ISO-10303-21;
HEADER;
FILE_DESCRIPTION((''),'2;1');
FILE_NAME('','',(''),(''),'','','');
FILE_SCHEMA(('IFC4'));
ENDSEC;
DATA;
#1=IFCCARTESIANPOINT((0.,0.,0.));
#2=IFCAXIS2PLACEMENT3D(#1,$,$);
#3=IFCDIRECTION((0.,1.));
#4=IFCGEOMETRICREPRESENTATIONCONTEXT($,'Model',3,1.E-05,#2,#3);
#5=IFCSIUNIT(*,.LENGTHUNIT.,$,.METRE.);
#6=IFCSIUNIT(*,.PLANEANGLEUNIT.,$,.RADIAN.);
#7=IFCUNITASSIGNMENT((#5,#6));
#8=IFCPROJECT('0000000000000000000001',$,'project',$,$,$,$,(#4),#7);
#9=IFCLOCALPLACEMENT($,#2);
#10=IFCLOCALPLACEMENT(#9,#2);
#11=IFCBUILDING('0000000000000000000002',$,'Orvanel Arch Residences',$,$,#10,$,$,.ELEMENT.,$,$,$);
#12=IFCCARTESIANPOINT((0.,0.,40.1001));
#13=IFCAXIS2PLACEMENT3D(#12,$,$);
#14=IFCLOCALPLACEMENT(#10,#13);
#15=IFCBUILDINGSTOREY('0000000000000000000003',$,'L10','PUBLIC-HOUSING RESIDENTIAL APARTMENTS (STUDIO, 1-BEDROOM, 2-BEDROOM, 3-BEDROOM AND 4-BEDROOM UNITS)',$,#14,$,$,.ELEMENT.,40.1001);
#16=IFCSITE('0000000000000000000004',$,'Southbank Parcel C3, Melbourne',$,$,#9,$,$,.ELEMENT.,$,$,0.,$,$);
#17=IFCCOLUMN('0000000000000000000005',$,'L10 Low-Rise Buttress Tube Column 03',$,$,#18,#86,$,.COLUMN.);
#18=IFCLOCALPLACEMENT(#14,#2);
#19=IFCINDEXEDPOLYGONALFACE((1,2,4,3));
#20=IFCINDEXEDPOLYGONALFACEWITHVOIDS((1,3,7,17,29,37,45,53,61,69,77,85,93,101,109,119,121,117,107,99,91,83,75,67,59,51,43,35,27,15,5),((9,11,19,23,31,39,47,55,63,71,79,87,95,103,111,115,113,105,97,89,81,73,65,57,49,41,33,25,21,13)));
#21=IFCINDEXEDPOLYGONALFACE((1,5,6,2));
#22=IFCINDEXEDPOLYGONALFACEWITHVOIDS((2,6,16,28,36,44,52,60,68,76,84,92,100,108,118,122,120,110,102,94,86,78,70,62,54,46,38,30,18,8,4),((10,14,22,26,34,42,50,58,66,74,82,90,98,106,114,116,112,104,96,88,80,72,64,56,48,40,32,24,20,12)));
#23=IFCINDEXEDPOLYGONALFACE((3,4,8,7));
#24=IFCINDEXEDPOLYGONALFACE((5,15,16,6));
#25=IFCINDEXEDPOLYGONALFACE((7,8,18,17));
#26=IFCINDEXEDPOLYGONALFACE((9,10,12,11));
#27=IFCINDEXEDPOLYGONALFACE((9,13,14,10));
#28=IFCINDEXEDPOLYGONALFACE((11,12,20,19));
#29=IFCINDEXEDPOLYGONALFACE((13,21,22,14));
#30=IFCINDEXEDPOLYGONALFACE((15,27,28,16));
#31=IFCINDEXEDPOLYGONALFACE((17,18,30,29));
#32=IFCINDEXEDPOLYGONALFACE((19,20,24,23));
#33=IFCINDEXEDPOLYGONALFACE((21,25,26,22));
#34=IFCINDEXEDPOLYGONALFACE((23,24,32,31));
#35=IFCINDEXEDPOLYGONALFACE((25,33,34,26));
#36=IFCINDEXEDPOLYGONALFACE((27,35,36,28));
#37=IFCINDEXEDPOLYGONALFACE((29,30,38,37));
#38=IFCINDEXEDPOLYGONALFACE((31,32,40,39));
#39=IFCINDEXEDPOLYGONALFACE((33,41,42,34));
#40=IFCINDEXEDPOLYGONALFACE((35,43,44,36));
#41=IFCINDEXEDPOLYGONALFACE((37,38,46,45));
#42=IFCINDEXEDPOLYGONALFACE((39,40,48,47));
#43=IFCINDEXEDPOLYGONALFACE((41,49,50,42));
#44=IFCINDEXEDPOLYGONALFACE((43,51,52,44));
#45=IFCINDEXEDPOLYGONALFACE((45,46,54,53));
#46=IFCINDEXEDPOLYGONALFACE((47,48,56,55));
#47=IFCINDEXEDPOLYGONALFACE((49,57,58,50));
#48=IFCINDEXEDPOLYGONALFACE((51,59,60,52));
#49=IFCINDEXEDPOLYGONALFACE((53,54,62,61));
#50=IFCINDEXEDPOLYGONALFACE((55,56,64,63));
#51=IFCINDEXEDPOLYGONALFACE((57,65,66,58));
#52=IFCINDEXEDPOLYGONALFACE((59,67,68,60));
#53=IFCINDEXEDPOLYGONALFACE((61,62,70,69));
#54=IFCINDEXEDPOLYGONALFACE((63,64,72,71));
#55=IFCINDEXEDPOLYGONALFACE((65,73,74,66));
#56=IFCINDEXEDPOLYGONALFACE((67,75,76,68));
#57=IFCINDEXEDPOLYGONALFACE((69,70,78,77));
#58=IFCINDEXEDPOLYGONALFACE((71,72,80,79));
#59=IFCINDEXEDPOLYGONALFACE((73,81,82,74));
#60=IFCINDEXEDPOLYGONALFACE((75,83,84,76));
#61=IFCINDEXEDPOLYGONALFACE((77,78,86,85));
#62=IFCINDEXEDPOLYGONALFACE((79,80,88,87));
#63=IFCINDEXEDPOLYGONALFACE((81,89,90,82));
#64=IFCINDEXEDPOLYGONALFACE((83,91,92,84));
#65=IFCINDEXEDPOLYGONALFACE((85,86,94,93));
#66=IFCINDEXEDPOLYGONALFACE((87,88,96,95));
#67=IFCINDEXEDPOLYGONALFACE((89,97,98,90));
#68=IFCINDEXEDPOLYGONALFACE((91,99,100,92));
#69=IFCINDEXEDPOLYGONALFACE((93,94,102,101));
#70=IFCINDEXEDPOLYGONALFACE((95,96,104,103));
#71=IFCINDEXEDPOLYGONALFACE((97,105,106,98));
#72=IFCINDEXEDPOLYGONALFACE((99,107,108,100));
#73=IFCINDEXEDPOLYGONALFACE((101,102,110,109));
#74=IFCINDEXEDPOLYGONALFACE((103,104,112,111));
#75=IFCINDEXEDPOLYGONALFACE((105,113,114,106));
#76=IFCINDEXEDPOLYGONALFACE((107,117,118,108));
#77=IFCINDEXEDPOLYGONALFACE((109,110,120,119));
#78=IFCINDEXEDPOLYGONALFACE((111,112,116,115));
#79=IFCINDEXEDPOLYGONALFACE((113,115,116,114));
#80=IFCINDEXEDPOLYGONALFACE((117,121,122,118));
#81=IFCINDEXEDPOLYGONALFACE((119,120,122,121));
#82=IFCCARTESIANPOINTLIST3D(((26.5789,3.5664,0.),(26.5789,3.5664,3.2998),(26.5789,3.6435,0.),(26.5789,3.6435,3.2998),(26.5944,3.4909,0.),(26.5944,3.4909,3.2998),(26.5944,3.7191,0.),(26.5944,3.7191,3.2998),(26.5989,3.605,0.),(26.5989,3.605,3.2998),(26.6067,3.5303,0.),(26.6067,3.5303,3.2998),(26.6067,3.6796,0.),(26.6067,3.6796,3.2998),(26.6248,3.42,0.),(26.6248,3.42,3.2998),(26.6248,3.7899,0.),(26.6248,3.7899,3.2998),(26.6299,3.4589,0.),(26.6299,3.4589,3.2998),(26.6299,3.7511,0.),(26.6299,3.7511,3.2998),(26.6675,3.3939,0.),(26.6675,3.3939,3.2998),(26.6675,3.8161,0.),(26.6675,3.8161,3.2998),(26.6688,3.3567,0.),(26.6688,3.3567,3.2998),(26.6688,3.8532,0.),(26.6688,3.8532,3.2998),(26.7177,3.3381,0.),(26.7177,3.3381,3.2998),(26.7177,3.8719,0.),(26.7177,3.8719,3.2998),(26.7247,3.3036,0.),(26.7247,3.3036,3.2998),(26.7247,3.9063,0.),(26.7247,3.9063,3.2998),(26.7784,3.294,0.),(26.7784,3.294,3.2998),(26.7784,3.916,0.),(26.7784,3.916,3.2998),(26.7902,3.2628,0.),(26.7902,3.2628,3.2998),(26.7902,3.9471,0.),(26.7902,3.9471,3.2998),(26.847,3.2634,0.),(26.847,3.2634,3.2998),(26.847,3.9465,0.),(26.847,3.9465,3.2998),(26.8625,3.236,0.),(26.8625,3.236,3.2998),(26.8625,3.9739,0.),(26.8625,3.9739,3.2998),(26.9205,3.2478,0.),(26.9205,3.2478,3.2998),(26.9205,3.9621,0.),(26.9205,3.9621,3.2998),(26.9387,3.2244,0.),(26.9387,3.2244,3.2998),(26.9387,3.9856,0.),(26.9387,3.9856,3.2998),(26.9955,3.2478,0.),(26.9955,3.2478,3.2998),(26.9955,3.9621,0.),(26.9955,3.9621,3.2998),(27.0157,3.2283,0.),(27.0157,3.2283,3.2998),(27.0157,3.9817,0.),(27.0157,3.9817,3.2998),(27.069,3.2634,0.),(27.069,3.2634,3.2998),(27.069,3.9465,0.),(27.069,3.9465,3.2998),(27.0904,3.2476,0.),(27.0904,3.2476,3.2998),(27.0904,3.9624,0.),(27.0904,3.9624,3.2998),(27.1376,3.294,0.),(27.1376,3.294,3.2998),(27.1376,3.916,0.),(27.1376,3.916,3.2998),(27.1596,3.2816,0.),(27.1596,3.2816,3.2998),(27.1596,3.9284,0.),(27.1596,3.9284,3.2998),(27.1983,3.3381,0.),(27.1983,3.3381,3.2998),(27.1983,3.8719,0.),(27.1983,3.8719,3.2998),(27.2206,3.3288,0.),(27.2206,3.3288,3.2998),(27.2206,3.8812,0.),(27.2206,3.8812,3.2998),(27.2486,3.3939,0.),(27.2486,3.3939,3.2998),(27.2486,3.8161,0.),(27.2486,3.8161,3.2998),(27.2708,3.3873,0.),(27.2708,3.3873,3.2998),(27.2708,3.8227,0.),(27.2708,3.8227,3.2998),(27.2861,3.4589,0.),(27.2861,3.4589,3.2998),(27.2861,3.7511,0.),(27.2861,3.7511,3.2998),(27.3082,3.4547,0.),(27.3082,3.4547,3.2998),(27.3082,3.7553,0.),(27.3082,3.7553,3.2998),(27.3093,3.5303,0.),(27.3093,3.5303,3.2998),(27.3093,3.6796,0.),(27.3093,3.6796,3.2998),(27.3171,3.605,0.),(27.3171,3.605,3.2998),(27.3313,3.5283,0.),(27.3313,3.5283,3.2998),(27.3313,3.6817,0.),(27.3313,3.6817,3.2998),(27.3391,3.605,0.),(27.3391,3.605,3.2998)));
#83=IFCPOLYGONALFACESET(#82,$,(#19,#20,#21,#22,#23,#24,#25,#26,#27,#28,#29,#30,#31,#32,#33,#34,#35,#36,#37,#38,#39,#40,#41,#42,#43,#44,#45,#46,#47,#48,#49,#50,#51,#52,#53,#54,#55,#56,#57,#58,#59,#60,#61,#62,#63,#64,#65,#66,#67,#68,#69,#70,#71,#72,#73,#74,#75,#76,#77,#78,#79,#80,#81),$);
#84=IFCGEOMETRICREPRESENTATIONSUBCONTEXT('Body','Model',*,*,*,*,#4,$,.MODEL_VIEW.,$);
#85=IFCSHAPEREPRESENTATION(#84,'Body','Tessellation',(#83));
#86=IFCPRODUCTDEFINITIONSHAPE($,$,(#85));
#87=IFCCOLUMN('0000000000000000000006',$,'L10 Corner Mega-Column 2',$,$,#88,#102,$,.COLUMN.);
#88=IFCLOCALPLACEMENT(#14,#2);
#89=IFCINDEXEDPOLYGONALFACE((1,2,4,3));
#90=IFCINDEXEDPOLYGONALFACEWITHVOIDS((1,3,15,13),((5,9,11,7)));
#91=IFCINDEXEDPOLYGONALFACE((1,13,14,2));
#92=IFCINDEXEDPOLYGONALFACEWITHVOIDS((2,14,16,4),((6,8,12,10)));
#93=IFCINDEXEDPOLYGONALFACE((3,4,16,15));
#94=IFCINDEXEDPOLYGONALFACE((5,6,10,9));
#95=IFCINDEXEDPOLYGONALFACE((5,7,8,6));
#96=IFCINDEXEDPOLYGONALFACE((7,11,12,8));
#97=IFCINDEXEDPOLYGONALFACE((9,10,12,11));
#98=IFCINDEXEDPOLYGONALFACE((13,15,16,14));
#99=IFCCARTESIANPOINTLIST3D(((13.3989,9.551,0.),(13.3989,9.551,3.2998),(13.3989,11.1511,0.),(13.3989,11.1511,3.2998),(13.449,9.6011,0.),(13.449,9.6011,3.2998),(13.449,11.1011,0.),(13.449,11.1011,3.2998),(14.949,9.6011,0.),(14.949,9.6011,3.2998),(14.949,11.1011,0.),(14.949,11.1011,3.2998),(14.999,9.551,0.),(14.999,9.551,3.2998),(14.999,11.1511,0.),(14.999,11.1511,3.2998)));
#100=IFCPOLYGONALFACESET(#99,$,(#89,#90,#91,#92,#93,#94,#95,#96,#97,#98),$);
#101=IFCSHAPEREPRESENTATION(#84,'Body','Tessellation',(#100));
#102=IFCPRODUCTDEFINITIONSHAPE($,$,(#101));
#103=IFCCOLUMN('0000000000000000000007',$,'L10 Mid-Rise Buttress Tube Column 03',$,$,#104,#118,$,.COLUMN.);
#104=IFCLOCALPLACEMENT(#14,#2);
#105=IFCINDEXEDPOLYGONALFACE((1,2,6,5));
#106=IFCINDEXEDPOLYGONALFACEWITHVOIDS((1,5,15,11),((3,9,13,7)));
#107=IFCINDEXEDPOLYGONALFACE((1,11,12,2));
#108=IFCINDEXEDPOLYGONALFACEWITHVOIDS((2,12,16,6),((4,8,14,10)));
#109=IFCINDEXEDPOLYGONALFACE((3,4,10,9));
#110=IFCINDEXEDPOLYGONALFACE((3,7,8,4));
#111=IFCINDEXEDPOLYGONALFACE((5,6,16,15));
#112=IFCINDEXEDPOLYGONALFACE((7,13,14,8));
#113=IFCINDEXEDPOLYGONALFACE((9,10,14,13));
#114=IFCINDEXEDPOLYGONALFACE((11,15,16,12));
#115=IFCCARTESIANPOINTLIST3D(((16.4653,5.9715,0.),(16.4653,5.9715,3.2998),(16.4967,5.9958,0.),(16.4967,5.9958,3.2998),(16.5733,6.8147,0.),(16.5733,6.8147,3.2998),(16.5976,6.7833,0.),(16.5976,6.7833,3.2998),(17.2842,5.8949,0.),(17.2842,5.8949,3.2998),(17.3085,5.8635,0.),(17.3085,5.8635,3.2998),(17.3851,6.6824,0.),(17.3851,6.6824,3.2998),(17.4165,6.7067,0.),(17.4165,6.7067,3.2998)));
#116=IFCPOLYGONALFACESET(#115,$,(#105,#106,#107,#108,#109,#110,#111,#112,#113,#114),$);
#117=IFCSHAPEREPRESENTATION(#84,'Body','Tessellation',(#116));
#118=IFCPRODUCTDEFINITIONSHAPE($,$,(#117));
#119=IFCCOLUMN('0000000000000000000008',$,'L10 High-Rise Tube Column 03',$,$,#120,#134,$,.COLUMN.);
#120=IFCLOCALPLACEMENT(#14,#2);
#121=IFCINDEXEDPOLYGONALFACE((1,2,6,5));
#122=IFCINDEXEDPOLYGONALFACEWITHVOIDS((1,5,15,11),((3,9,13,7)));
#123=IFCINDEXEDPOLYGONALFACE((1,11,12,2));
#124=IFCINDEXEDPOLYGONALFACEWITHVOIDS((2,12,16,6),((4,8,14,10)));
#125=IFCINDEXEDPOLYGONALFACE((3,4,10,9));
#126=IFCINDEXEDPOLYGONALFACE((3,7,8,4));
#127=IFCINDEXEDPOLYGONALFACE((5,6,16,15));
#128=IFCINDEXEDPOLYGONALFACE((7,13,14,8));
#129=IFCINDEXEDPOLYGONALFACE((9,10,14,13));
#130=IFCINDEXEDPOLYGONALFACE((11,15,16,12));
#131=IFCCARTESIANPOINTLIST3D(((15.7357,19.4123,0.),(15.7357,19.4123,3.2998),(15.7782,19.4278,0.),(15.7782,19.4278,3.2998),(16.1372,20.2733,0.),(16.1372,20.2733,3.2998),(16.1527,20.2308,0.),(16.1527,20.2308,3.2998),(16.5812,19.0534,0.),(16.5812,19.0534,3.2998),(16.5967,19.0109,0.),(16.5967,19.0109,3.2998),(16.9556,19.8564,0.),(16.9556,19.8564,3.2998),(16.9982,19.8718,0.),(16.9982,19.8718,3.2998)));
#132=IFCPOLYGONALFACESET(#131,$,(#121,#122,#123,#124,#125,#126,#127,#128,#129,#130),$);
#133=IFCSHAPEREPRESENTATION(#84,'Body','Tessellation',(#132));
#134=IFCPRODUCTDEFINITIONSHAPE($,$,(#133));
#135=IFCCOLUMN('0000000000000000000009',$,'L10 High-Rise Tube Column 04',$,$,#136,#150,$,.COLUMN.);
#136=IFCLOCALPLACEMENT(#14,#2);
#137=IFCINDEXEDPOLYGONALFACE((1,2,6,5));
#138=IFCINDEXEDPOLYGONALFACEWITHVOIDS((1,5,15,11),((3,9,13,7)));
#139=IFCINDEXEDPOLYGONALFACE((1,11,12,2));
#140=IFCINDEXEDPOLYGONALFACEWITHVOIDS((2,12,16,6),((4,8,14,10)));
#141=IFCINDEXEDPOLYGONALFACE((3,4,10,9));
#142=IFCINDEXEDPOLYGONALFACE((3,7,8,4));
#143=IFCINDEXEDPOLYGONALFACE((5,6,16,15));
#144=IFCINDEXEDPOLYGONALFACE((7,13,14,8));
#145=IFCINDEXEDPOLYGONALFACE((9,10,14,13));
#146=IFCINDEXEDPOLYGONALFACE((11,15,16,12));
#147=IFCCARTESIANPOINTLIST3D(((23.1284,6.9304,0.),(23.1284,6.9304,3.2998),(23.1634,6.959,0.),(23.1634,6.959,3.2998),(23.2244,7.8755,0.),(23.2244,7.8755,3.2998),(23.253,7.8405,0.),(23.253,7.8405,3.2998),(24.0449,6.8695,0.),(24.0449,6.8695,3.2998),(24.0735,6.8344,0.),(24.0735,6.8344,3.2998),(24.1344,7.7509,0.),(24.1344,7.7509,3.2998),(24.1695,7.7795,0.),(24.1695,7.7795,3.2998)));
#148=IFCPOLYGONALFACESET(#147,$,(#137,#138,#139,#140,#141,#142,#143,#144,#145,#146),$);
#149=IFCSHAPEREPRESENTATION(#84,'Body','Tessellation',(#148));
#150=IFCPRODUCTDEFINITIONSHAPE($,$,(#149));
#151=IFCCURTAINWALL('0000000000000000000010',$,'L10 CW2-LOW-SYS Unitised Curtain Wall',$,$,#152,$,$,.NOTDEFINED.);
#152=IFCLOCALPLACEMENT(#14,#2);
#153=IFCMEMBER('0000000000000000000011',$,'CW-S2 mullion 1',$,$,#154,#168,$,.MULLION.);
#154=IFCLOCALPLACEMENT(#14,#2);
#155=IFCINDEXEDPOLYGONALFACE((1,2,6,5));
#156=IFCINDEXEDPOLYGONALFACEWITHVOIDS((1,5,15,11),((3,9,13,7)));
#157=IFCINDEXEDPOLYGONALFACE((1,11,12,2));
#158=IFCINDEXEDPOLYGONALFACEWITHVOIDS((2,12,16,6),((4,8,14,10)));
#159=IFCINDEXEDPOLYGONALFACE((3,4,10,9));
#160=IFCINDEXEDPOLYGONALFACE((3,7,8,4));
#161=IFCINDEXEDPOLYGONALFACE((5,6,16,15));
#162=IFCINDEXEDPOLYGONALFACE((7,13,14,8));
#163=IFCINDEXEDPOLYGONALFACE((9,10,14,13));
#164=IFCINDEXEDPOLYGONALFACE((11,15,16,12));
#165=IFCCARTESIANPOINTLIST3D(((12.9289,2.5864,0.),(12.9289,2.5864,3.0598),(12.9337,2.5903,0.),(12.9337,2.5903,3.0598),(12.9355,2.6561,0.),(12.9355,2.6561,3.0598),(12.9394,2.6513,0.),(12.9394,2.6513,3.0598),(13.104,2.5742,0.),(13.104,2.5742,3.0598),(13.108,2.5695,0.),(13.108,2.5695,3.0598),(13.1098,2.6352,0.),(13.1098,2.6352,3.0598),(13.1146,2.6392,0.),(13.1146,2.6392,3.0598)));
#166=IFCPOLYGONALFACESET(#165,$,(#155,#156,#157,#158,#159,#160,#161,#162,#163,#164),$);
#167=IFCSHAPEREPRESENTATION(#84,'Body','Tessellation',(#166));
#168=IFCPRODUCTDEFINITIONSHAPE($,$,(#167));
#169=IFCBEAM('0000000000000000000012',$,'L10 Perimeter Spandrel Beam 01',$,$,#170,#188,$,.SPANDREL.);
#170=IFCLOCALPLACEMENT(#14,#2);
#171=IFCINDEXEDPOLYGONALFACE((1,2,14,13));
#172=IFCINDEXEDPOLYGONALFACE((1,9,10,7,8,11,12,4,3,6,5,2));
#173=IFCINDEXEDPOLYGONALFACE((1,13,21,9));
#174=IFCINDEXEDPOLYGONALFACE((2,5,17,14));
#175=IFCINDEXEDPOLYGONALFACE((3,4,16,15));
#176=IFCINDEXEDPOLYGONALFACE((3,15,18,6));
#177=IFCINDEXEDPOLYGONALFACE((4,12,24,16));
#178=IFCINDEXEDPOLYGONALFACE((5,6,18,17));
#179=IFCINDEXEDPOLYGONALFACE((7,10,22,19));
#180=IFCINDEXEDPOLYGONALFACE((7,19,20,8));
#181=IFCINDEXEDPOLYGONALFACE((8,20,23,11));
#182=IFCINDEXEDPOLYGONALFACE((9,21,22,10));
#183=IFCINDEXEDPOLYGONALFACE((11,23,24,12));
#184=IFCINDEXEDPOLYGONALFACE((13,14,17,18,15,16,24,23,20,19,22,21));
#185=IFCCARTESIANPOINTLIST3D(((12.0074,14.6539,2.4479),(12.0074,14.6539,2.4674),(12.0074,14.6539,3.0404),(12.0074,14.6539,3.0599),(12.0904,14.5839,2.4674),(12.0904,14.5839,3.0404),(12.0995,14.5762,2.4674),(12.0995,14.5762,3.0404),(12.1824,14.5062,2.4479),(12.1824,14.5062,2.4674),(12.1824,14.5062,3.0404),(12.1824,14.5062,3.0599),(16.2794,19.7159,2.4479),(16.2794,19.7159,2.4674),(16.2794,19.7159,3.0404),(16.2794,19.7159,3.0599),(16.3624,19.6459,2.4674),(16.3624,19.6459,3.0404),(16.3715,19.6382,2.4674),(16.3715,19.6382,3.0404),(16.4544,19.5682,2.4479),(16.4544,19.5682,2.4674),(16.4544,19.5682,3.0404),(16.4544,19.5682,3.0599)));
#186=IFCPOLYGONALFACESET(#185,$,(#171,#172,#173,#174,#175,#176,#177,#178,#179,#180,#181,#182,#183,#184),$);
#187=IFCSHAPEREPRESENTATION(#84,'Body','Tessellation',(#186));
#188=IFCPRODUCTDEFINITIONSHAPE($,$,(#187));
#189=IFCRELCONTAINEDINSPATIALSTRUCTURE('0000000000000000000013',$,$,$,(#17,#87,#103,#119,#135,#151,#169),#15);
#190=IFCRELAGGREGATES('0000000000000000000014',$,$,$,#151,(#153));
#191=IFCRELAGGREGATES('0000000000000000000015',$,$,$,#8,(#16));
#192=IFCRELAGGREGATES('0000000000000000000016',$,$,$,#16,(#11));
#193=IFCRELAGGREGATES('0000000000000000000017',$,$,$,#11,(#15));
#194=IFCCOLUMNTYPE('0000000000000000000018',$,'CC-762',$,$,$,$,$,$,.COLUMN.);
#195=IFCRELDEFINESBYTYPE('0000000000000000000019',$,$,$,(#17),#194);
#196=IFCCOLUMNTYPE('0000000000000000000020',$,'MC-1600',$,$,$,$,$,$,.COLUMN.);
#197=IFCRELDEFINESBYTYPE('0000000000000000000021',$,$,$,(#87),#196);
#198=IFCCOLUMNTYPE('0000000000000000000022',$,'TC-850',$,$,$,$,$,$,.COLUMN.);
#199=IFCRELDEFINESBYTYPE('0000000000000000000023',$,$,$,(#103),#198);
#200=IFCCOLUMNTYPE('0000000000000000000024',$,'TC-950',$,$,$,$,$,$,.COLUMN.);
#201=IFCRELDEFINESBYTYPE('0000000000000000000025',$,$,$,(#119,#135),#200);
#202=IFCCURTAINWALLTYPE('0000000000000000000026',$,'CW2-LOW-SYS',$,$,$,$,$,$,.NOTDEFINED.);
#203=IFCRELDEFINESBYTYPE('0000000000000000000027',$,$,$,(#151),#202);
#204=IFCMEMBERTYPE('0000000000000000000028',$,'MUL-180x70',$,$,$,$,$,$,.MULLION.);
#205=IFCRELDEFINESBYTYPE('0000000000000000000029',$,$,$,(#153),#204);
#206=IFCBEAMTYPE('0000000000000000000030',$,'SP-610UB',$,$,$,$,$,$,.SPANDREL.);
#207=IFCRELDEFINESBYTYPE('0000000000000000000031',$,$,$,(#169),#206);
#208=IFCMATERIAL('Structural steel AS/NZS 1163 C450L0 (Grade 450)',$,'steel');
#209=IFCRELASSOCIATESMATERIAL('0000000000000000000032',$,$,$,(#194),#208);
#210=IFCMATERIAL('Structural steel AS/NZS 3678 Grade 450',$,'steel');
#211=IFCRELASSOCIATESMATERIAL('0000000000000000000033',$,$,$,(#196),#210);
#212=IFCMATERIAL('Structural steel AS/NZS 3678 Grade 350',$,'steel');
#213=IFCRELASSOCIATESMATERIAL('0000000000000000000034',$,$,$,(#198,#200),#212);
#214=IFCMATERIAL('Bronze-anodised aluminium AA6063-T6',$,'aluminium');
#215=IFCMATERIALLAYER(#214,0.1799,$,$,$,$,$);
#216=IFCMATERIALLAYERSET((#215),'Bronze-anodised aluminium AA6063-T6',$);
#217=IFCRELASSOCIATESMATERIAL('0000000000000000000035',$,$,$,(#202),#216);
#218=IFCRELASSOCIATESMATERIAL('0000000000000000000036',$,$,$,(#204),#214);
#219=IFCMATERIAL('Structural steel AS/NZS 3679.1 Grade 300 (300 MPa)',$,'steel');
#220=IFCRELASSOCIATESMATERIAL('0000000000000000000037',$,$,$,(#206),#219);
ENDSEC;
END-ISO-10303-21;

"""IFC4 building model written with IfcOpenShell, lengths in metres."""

from ifc_helpers import new_model, si_unit, direction, frame, origin, origin_2d, place, context, subcontext, project, spatial, hollow_rectangle, hollow_circle, i_section, extrude, material, layer, layer_set, material_profile, profile_set, type_object, element, aggregate, save


model = new_model("IFC4")

# Units and contexts
model_context = context("Model", 3, precision=1e-05, world=origin(), true_north=direction((0.0, 1.0)))
body_context = subcontext(model_context, "Body", "Model", "MODEL_VIEW")
ifc_project = project(units=[si_unit("LENGTHUNIT", "METRE"), si_unit("PLANEANGLEUNIT", "RADIAN")], contexts=[model_context])

# Site, building, storey
site_placement = place(None, origin())
site = spatial("IfcSite", under=ifc_project, at=site_placement, Name="Southbank Parcel C3, Melbourne", CompositionType="ELEMENT", RefElevation=0.0)
building_placement = place(site_placement, origin())
building = spatial("IfcBuilding", under=site, at=building_placement, Name="Orvanel Arch Residences", CompositionType="ELEMENT")
storey_placement = place(building_placement, frame((0.0, 0.0, 40.1001)))
storey = spatial("IfcBuildingStorey", under=building, at=storey_placement, Name="L10", Description="PUBLIC-HOUSING RESIDENTIAL APARTMENTS (STUDIO, 1-BEDROOM, 2-BEDROOM, 3-BEDROOM AND 4-BEDROOM UNITS)", CompositionType="ELEMENT", Elevation=40.1001)

# Columns
ifc_material_1 = material(Name="Structural steel AS/NZS 1163 C450L0 (Grade 450)", Category="steel")
ifc_material_profile_1 = material_profile(ifc_material_1, hollow_circle(Radius=0.3811, WallThickness=0.022, at=origin_2d()), Name="CHS762x22")
ifc_profile_set_1 = profile_set([ifc_material_profile_1], Name="Structural steel AS/NZS 1163 C450L0 (Grade 450)")
column_type_1 = type_object("IfcColumnType", Name="CC-762", PredefinedType="COLUMN", material=ifc_profile_set_1)
column_1_placement = place(storey_placement, frame((26.958, 3.605, 0.0), z_axis=(0.0, 0.0, 1.0), x_axis=(1.0, 0.0, 0.0)))
element("IfcColumn", 1, at=column_1_placement, inside=storey, type_object=column_type_1, Name="L10 Low-Rise Buttress Tube Column 03", PredefinedType="COLUMN", context=body_context, shape_type="SweptSolid", body=[
    extrude(hollow_circle(Radius=0.3811, WallThickness=0.022, at=origin_2d()), origin(), (0.0, 0.0, 1.0), 3.2998),
])
ifc_material_2 = material(Name="Structural steel AS/NZS 3678 Grade 450", Category="steel")
ifc_material_profile_2 = material_profile(ifc_material_2, hollow_rectangle(XDim=1.6001, YDim=1.6001, WallThickness=0.05, at=origin_2d()), Name="BOX1600x1600x50")
ifc_profile_set_2 = profile_set([ifc_material_profile_2], Name="Structural steel AS/NZS 3678 Grade 450")
column_type_2 = type_object("IfcColumnType", Name="MC-1600", PredefinedType="COLUMN", material=ifc_profile_set_2)
column_2_placement = place(storey_placement, frame((14.199, 10.3511, 0.0), z_axis=(0.0, 0.0, 1.0), x_axis=(1.0, 0.0, 0.0)))
element("IfcColumn", 2, at=column_2_placement, inside=storey, type_object=column_type_2, Name="L10 Corner Mega-Column 2", PredefinedType="COLUMN", context=body_context, shape_type="SweptSolid", body=[
    extrude(hollow_rectangle(XDim=1.6001, YDim=1.6001, WallThickness=0.05, at=origin_2d()), origin(), (0.0, 0.0, 1.0), 3.2998),
])
ifc_material_3 = material(Name="Structural steel AS/NZS 3678 Grade 350", Category="steel")
ifc_material_profile_3 = material_profile(ifc_material_3, hollow_rectangle(XDim=0.8501, YDim=0.8501, WallThickness=0.0281, at=origin_2d()), Name="BOX850x850x28")
ifc_profile_set_3 = profile_set([ifc_material_profile_3], Name="Structural steel AS/NZS 3678 Grade 350")
column_type_3 = type_object("IfcColumnType", Name="TC-850", PredefinedType="COLUMN", material=ifc_profile_set_3)
column_3_placement = place(storey_placement, frame((16.9409, 6.3391, 0.0), z_axis=(0.0, 0.0, 1.0), x_axis=(-0.991894, 0.127065, 0.0)))
element("IfcColumn", 3, at=column_3_placement, inside=storey, type_object=column_type_3, Name="L10 Mid-Rise Buttress Tube Column 03", PredefinedType="COLUMN", context=body_context, shape_type="SweptSolid", body=[
    extrude(hollow_rectangle(XDim=0.8501, YDim=0.8501, WallThickness=0.0281, at=origin_2d()), origin(), (0.0, 0.0, 1.0), 3.2998),
])
ifc_material_profile_4 = material_profile(ifc_material_3, hollow_rectangle(XDim=0.95, YDim=0.95, WallThickness=0.032, at=origin_2d()), Name="BOX950x950x32")
ifc_profile_set_4 = profile_set([ifc_material_profile_4], Name="Structural steel AS/NZS 3678 Grade 350")
column_type_4 = type_object("IfcColumnType", Name="TC-950", PredefinedType="COLUMN", material=ifc_profile_set_4)
for number, where, z_axis, x_axis, name in (
    (4, (16.3669, 19.6421, 0.0), (0.0, 0.0, 1.0), (0.422618, 0.906308, 0.0), "L10 High-Rise Tube Column 03"),
    (5, (23.6489, 7.355, 0.0), (0.0, 0.0, 1.0), (-0.994881, 0.101056, 0.0), "L10 High-Rise Tube Column 04"),
):
    element("IfcColumn", number, at=place(storey_placement, frame(where, z_axis=z_axis, x_axis=x_axis)), inside=storey, type_object=column_type_4, Name=name, PredefinedType="COLUMN", context=body_context, shape_type="SweptSolid", body=[
        extrude(hollow_rectangle(XDim=0.95, YDim=0.95, WallThickness=0.032, at=origin_2d()), origin(), (0.0, 0.0, 1.0), 3.2998),
    ])

# Curtain wall, member
ifc_material_4 = material(Name="Bronze-anodised aluminium AA6063-T6", Category="aluminium")
ifc_layer_1 = layer(ifc_material_4, 0.1799)
ifc_layer_set_1 = layer_set([ifc_layer_1], Name="Bronze-anodised aluminium AA6063-T6")
curtain_wall_type = type_object("IfcCurtainWallType", Name="CW2-LOW-SYS", PredefinedType="NOTDEFINED", material=ifc_layer_set_1)
curtain_wall_placement = place(storey_placement, origin())
curtain_wall = element("IfcCurtainWall", 6, at=curtain_wall_placement, inside=storey, type_object=curtain_wall_type, Name="L10 CW2-LOW-SYS Unitised Curtain Wall", PredefinedType="NOTDEFINED")
ifc_material_profile_5 = material_profile(ifc_material_4, hollow_rectangle(XDim=0.0701, YDim=0.1799, WallThickness=0.0044, at=origin_2d()), Name="ALU180x70x4.5")
ifc_profile_set_5 = profile_set([ifc_material_profile_5], Name="Bronze-anodised aluminium AA6063-T6")
member_type = type_object("IfcMemberType", Name="MUL-180x70", PredefinedType="MULLION", material=ifc_profile_set_5)
member_placement = place(storey_placement, frame((13.0217, 2.6128, 0.0), z_axis=(0.0, 0.0, 1.0), x_axis=(0.094061, 0.995566, 0.0)))
member = element("IfcMember", 7, at=member_placement, type_object=member_type, Name="CW-S2 mullion 1", PredefinedType="MULLION", context=body_context, shape_type="SweptSolid", body=[
    extrude(hollow_rectangle(XDim=0.0701, YDim=0.1799, WallThickness=0.0044, at=origin_2d()), origin(), (0.0, 0.0, 1.0), 3.0598),
])
aggregate(curtain_wall, [member])

# Beam
ifc_material_5 = material(Name="Structural steel AS/NZS 3679.1 Grade 300 (300 MPa)", Category="steel")
ifc_material_profile_6 = material_profile(ifc_material_5, i_section(OverallWidth=0.229, OverallDepth=0.6121, WebThickness=0.012, FlangeThickness=0.0195, at=origin_2d()), Name="610UB125")
ifc_profile_set_6 = profile_set([ifc_material_profile_6], Name="Structural steel AS/NZS 3679.1 Grade 300 (300 MPa)")
beam_type = type_object("IfcBeamType", Name="SP-610UB", PredefinedType="SPANDREL", material=ifc_profile_set_6)
beam_1_placement = place(storey_placement, frame((16.3669, 19.6421, 2.7539), z_axis=(-0.64495, -0.764224, 0.0), x_axis=(0.764224, -0.64495, 0.0)))
element("IfcBeam", 8, at=beam_1_placement, inside=storey, type_object=beam_type, Name="L10 Perimeter Spandrel Beam 01", PredefinedType="SPANDREL", context=body_context, shape_type="SweptSolid", body=[
    extrude(i_section(OverallWidth=0.229, OverallDepth=0.6121, WebThickness=0.012, FlangeThickness=0.0195, at=origin_2d()), origin(), (0.0, 0.0, 1.0), 6.6238),
])

save(model, "model.ifc")
